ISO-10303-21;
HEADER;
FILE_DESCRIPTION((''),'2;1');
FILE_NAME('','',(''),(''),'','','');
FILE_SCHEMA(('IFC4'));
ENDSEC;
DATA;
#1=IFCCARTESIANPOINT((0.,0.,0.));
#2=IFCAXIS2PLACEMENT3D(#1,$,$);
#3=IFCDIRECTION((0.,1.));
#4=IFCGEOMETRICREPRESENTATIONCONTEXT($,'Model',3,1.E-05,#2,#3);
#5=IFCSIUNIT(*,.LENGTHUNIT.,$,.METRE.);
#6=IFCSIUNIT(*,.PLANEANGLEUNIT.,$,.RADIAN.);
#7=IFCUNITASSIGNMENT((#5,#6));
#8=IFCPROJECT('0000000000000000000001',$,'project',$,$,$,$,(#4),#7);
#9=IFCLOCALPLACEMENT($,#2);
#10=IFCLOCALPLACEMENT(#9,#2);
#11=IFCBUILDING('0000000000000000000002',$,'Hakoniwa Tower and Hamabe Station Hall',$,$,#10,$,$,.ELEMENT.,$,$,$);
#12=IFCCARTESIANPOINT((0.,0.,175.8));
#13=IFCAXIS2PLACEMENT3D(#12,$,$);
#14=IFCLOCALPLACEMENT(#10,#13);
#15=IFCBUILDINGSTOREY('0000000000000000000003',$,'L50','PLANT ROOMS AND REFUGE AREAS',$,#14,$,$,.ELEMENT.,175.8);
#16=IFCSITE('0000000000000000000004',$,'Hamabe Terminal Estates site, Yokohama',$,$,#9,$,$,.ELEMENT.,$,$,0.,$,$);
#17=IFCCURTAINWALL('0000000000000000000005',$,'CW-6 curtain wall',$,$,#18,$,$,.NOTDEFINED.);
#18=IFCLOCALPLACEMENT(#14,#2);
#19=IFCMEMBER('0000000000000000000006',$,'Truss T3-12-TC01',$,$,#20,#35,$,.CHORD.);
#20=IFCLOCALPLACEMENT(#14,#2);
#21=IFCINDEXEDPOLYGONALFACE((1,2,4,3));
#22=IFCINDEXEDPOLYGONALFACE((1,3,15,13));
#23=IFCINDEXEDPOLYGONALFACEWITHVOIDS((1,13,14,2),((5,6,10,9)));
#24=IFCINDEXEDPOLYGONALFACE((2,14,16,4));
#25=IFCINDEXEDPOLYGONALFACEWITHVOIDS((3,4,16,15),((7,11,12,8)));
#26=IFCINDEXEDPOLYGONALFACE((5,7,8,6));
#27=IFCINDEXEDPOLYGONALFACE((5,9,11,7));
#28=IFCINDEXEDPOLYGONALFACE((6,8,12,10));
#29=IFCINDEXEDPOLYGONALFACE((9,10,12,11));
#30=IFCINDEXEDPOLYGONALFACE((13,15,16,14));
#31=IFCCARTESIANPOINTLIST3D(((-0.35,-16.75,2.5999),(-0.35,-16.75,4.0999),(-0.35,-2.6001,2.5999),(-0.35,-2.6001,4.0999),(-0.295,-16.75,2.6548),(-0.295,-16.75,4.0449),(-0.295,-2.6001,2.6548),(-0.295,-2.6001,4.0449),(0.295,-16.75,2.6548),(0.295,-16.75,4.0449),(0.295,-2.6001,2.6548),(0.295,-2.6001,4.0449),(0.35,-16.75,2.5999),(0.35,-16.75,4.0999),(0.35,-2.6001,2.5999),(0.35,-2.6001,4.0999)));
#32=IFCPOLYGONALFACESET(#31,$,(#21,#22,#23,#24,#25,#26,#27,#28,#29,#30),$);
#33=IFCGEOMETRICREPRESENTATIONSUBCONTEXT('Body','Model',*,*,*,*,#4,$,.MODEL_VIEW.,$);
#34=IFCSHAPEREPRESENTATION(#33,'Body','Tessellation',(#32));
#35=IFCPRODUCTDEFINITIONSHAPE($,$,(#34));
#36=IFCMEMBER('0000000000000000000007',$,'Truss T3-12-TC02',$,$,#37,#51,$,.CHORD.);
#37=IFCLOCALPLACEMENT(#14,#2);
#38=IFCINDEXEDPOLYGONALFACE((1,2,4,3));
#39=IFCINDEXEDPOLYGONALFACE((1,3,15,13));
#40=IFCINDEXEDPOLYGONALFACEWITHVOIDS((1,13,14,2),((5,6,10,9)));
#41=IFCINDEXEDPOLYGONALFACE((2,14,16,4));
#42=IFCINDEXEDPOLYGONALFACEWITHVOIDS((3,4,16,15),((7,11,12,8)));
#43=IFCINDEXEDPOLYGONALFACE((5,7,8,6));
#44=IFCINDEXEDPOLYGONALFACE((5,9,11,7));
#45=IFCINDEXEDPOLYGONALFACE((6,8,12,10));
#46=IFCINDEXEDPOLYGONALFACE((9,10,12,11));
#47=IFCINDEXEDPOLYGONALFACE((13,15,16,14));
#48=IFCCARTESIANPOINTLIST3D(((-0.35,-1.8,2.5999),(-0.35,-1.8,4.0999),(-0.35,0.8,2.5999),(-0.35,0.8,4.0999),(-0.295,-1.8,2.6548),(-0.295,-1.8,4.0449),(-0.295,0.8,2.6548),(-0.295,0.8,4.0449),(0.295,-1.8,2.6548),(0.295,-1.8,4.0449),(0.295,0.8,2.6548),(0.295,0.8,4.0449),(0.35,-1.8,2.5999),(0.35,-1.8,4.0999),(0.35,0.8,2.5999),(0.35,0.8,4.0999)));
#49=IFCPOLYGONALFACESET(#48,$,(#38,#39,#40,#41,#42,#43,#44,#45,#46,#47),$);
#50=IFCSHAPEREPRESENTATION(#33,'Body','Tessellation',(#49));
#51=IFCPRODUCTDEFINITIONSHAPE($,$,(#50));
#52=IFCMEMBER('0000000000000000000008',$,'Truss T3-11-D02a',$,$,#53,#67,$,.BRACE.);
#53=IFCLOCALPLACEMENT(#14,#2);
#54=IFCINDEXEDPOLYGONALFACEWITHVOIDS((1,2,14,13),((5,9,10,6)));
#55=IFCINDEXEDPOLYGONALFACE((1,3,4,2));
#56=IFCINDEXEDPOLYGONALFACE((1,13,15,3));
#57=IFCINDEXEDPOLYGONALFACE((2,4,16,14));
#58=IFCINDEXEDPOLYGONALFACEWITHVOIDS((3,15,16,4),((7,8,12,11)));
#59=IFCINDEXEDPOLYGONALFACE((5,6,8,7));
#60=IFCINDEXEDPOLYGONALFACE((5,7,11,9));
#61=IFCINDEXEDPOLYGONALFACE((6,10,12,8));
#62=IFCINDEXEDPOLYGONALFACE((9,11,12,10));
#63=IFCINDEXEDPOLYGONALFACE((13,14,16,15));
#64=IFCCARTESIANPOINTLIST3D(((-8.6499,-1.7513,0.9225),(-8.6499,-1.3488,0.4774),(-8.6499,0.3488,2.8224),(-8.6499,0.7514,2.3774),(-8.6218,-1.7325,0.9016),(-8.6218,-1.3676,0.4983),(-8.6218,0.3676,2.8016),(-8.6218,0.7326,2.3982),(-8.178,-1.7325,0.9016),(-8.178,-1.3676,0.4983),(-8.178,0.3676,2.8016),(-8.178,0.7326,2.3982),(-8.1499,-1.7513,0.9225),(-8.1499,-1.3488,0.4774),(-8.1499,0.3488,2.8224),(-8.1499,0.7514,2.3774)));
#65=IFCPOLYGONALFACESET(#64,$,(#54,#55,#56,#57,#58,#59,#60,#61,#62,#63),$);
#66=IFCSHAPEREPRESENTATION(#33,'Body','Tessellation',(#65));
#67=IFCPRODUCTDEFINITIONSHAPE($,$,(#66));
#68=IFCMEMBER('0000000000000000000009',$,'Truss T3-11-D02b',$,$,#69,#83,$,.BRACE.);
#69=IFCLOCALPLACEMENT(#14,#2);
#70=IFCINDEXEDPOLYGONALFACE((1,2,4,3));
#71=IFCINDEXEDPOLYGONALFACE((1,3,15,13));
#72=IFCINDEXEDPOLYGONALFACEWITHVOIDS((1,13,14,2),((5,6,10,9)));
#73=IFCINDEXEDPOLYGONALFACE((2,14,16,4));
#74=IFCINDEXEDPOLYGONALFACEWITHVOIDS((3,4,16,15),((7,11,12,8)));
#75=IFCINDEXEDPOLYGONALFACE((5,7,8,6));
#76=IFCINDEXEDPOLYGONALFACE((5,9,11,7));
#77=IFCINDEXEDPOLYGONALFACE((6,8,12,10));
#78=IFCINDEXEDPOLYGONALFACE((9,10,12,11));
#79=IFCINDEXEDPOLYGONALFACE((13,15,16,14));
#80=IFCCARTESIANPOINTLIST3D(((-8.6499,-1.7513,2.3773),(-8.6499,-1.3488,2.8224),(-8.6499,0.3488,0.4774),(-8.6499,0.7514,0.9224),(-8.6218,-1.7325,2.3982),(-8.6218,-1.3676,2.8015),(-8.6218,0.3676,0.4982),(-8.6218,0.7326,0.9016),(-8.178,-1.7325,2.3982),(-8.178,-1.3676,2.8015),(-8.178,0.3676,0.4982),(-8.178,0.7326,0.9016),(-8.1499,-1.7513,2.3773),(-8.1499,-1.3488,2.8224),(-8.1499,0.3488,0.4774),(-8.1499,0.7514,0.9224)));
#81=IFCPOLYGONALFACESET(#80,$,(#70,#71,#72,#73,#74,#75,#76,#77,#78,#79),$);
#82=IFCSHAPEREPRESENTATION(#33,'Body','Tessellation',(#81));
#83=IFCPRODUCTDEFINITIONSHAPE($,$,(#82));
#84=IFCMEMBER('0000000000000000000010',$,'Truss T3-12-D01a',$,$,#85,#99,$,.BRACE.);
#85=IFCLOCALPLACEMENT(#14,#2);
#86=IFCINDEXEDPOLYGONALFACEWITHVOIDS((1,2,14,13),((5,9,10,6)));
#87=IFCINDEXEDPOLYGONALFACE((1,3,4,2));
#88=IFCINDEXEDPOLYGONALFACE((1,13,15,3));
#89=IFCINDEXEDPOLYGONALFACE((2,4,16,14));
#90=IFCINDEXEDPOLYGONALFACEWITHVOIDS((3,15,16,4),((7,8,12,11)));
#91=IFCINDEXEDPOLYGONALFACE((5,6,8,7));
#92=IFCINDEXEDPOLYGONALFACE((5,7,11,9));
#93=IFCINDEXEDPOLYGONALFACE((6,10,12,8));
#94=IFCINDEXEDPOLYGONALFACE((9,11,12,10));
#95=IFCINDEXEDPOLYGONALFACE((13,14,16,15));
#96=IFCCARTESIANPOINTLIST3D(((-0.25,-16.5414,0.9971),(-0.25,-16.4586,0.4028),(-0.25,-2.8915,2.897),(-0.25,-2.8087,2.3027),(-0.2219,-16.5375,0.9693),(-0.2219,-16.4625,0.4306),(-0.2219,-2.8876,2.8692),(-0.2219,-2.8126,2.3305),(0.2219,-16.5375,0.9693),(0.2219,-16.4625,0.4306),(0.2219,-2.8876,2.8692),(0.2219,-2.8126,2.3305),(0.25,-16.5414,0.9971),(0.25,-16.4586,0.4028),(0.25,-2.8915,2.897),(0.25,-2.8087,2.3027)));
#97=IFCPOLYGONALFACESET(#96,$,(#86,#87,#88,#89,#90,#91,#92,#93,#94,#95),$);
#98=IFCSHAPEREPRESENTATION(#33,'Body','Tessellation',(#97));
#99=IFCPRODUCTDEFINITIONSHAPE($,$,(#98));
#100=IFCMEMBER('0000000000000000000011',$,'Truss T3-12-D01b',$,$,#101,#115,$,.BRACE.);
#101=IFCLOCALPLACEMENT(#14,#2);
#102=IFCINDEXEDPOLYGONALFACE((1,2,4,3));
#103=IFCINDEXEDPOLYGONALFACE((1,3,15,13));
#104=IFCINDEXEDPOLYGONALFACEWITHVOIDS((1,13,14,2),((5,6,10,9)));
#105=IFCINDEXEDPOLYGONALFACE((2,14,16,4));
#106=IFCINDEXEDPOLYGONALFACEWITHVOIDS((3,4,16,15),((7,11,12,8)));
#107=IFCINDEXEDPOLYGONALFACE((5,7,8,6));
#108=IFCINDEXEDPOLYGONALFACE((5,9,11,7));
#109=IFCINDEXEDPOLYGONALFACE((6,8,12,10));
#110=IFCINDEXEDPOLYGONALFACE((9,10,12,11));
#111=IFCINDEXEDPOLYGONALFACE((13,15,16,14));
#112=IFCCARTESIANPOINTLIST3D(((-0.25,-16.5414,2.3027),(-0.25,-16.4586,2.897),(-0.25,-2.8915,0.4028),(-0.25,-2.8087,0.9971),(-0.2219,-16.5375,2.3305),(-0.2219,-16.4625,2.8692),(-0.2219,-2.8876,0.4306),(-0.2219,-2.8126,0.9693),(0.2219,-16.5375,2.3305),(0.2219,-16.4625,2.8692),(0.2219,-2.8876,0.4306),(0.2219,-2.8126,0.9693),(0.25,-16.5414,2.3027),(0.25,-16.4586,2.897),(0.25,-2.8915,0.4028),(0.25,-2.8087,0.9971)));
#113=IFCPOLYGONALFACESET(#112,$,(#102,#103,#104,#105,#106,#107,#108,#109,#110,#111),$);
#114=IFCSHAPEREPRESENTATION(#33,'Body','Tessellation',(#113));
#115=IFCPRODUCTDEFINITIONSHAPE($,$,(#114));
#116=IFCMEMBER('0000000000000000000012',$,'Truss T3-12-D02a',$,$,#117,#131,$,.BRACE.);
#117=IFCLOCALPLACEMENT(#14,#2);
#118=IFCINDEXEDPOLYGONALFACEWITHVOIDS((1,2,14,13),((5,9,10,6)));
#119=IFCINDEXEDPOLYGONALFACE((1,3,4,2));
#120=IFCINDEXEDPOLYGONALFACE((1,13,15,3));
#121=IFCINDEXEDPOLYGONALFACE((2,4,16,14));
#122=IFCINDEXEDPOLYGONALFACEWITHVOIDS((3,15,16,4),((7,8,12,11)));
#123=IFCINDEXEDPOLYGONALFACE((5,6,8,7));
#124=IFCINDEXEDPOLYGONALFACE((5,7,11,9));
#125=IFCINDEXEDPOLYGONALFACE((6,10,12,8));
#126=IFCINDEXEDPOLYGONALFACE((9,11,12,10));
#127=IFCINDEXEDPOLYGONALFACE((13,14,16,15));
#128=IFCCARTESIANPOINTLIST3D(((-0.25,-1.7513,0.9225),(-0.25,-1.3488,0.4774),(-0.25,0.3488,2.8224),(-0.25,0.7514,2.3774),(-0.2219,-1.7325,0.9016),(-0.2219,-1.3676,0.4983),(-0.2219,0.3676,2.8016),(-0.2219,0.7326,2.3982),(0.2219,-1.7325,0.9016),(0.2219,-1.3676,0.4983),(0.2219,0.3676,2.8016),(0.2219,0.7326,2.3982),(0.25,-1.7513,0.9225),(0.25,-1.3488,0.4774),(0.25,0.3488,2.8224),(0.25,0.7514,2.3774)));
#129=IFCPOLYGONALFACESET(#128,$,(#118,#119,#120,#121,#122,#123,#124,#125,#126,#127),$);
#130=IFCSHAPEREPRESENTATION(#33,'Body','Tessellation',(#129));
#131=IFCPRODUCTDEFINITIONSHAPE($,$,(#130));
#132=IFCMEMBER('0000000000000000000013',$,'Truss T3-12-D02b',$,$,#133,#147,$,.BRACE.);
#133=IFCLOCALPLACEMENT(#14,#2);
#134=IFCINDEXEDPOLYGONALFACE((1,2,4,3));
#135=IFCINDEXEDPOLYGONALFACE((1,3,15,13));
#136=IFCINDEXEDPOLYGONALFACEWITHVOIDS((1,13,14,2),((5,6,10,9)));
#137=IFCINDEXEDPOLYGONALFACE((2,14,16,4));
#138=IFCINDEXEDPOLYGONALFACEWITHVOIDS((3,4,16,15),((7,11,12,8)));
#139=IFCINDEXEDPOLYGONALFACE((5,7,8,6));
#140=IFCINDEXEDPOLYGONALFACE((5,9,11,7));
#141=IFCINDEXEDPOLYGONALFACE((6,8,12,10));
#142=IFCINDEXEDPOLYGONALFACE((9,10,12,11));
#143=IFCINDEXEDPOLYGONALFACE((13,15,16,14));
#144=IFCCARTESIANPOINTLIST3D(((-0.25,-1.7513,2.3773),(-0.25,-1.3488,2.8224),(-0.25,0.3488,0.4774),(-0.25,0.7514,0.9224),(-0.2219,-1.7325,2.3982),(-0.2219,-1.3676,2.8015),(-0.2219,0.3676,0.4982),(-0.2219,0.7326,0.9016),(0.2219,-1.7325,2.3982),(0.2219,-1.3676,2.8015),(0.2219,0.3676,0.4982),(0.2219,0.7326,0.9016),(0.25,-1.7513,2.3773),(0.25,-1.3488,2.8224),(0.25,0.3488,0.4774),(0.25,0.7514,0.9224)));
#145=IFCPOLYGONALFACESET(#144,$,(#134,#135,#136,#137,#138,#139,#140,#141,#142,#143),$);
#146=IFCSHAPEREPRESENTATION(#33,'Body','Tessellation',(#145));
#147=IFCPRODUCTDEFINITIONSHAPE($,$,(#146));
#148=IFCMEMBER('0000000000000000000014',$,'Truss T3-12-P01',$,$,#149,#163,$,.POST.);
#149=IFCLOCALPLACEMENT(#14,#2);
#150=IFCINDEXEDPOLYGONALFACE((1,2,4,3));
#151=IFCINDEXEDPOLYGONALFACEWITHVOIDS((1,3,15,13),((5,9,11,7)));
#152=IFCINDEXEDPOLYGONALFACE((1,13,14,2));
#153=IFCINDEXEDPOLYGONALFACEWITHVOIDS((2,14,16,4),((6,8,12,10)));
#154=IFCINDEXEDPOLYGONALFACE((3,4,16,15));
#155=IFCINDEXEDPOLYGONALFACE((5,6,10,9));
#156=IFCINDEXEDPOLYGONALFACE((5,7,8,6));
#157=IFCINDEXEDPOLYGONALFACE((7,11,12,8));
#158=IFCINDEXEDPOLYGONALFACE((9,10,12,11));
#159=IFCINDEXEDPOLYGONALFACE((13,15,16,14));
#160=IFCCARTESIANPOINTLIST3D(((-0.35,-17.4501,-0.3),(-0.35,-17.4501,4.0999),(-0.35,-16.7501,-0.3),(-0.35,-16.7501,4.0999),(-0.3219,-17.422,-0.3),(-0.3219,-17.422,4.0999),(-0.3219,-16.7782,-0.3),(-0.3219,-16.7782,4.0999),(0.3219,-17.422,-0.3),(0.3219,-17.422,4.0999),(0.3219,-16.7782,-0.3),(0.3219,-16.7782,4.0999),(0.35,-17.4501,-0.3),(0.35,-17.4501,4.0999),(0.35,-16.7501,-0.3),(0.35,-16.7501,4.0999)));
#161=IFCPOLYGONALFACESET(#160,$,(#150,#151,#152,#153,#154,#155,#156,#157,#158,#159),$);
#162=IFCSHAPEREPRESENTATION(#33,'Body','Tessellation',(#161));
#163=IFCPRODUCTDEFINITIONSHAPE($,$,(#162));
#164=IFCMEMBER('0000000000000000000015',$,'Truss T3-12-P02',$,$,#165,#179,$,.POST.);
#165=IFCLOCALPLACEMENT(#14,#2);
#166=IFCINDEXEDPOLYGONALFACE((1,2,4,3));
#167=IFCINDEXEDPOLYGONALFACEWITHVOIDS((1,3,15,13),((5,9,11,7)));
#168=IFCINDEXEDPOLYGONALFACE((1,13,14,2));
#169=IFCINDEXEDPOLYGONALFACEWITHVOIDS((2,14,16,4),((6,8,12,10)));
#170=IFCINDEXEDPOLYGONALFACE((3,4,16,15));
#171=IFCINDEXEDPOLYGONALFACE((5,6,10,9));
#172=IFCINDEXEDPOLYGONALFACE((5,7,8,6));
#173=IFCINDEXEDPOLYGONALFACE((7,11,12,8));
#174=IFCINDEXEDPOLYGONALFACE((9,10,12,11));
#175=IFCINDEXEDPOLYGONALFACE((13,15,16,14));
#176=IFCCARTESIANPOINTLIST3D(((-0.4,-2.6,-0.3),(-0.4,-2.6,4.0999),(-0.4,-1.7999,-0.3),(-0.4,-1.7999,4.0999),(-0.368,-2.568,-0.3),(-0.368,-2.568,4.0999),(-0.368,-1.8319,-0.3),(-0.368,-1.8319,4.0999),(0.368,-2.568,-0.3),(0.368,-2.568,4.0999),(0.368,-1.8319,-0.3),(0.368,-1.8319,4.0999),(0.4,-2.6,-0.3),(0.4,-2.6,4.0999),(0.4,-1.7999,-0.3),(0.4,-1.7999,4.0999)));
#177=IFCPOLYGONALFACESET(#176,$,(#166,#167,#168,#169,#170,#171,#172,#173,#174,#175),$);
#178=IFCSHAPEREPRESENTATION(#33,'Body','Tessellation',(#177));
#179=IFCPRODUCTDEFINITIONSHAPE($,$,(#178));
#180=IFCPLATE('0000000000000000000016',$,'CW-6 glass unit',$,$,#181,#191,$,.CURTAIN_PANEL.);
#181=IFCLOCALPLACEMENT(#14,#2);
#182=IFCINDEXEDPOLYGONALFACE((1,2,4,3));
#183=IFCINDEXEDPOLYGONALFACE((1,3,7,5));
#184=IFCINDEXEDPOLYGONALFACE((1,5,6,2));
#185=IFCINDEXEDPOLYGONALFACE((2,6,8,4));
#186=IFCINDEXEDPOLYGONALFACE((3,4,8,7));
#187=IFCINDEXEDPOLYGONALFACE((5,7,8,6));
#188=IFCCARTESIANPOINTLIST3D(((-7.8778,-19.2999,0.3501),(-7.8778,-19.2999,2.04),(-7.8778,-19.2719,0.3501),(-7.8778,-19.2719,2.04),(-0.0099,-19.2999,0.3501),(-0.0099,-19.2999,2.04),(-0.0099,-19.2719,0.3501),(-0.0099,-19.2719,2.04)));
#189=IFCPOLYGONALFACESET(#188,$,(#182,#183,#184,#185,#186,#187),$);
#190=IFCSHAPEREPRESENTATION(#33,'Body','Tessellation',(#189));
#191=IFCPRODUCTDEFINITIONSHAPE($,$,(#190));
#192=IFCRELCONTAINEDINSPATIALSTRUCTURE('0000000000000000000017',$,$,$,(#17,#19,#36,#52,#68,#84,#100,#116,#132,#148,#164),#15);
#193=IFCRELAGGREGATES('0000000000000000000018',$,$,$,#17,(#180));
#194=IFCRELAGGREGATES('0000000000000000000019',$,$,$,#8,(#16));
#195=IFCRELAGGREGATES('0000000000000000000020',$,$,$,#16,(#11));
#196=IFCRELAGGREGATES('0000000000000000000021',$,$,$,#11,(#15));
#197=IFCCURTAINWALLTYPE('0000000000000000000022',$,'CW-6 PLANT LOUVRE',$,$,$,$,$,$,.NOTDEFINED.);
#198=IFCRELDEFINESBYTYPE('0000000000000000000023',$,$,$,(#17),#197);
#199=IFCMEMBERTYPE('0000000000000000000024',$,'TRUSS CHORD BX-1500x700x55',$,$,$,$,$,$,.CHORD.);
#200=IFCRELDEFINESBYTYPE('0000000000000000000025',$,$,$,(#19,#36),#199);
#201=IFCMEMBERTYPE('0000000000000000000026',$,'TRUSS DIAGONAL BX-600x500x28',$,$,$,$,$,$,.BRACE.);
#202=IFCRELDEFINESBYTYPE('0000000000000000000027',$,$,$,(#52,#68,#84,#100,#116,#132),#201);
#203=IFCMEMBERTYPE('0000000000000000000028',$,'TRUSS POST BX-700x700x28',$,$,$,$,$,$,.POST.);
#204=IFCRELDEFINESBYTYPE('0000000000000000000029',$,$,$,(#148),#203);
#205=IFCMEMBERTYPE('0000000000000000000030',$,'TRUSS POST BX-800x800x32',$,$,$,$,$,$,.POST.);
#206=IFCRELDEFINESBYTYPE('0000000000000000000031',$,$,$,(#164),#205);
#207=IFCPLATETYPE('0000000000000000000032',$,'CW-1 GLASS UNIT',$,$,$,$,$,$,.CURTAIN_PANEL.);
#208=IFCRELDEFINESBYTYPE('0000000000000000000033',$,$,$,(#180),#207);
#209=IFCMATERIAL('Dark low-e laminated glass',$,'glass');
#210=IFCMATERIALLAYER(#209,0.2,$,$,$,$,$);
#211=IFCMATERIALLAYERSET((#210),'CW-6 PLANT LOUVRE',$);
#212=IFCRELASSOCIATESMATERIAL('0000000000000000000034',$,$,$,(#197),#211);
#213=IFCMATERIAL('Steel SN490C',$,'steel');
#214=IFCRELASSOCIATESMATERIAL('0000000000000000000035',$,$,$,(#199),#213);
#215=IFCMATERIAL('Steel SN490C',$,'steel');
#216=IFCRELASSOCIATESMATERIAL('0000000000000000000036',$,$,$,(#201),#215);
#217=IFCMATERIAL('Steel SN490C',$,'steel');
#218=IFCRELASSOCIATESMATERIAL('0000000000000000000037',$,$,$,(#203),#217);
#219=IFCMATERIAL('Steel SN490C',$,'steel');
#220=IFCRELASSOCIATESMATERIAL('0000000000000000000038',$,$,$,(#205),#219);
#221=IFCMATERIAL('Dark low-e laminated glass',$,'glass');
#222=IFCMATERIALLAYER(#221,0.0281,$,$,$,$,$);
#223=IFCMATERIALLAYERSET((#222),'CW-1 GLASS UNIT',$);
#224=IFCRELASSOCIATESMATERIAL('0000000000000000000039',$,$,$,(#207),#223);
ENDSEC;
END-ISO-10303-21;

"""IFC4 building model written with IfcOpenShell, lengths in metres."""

from ifc_helpers import new_model, si_unit, direction, frame, origin, origin_2d, place, context, subcontext, project, spatial, rectangle, hollow_rectangle, extrude, material, layer, layer_set, material_profile, profile_set, type_object, element, aggregate, save


model = new_model("IFC4")

# Units and contexts
model_context = context("Model", 3, precision=1e-05, world=origin(), true_north=direction((0.0, 1.0)))
body_context = subcontext(model_context, "Body", "Model", "MODEL_VIEW")
ifc_project = project(units=[si_unit("LENGTHUNIT", "METRE"), si_unit("PLANEANGLEUNIT", "RADIAN")], contexts=[model_context])

# Site, building, storey
site_placement = place(None, origin())
site = spatial("IfcSite", under=ifc_project, at=site_placement, Name="Hamabe Terminal Estates site, Yokohama", CompositionType="ELEMENT", RefElevation=0.0)
building_placement = place(site_placement, origin())
building = spatial("IfcBuilding", under=site, at=building_placement, Name="Hakoniwa Tower and Hamabe Station Hall", CompositionType="ELEMENT")
storey_placement = place(building_placement, frame((0.0, 0.0, 175.8)))
storey = spatial("IfcBuildingStorey", under=building, at=storey_placement, Name="L50", Description="PLANT ROOMS AND REFUGE AREAS", CompositionType="ELEMENT", Elevation=175.8)

# Curtain wall
ifc_material_1 = material(Name="Dark low-e laminated glass", Category="glass")
ifc_layer_1 = layer(ifc_material_1, 0.2)
ifc_layer_set_1 = layer_set([ifc_layer_1], Name="CW-6 PLANT LOUVRE")
curtain_wall_type = type_object("IfcCurtainWallType", Name="CW-6 PLANT LOUVRE", PredefinedType="NOTDEFINED", material=ifc_layer_set_1)
curtain_wall_1_placement = place(storey_placement, origin())
curtain_wall_1 = element("IfcCurtainWall", 1, at=curtain_wall_1_placement, inside=storey, type_object=curtain_wall_type, Name="CW-6 curtain wall", PredefinedType="NOTDEFINED")

# Members
ifc_material_2 = material(Name="Steel SN490C", Category="steel")
ifc_material_profile_1 = material_profile(ifc_material_2, hollow_rectangle(XDim=0.7, YDim=1.5, WallThickness=0.0549, at=origin_2d()), Name="BX-1500x700x55")
ifc_profile_set_1 = profile_set([ifc_material_profile_1], Name="Steel SN490C")
member_type_1 = type_object("IfcMemberType", Name="TRUSS CHORD BX-1500x700x55", PredefinedType="CHORD", material=ifc_profile_set_1)
member_1_placement = place(storey_placement, frame((0.0, -16.75, 3.3499), z_axis=(0.0, 1.0, 0.0), x_axis=(-1.0, 0.0, 0.0)))
element("IfcMember", 2, at=member_1_placement, inside=storey, type_object=member_type_1, Name="Truss T3-12-TC01", PredefinedType="CHORD", context=body_context, shape_type="SweptSolid", body=[
    extrude(hollow_rectangle(XDim=0.7, YDim=1.5, WallThickness=0.0549, at=origin_2d()), origin(), (0.0, 0.0, 1.0), 14.1499),
])
member_2_placement = place(storey_placement, frame((0.0, -1.8, 3.3499), z_axis=(0.0, 1.0, 0.0), x_axis=(-1.0, 0.0, 0.0)))
element("IfcMember", 3, at=member_2_placement, inside=storey, type_object=member_type_1, Name="Truss T3-12-TC02", PredefinedType="CHORD", context=body_context, shape_type="SweptSolid", body=[
    extrude(hollow_rectangle(XDim=0.7, YDim=1.5, WallThickness=0.0549, at=origin_2d()), origin(), (0.0, 0.0, 1.0), 2.6001),
])
ifc_material_3 = material(Name="Steel SN490C", Category="steel")
ifc_material_profile_2 = material_profile(ifc_material_3, hollow_rectangle(XDim=0.5, YDim=0.6001, WallThickness=0.0281, at=origin_2d()), Name="BX-600x500x28")
ifc_profile_set_2 = profile_set([ifc_material_profile_2], Name="Steel SN490C")
member_type_2 = type_object("IfcMemberType", Name="TRUSS DIAGONAL BX-600x500x28", PredefinedType="BRACE", material=ifc_profile_set_2)
for number, where, z_axis, x_axis, name in (
    (4, (-8.3999, -1.55, 0.7), (0.0, 0.741568, 0.670877), (-1.0, 0.0, 0.0), "Truss T3-11-D02a"),
    (5, (-8.3999, -1.55, 2.5999), (0.0, 0.741568, -0.670877), (-1.0, 0.0, 0.0), "Truss T3-11-D02b"),
):
    element("IfcMember", number, at=place(storey_placement, frame(where, z_axis=z_axis, x_axis=x_axis)), inside=storey, type_object=member_type_2, Name=name, PredefinedType="BRACE", context=body_context, shape_type="SweptSolid", body=[
        extrude(hollow_rectangle(XDim=0.5, YDim=0.6001, WallThickness=0.0281, at=origin_2d()), origin(), (0.0, 0.0, 1.0), 2.832),
    ])
for number, where, z_axis, x_axis, name in (
    (6, (0.0, -16.5, 0.7), (0.0, 0.990452, 0.137859), (-1.0, 0.0, 0.0), "Truss T3-12-D01a"),
    (7, (0.0, -16.5, 2.5999), (0.0, 0.990452, -0.137859), (-1.0, 0.0, 0.0), "Truss T3-12-D01b"),
):
    element("IfcMember", number, at=place(storey_placement, frame(where, z_axis=z_axis, x_axis=x_axis)), inside=storey, type_object=member_type_2, Name=name, PredefinedType="BRACE", context=body_context, shape_type="SweptSolid", body=[
        extrude(hollow_rectangle(XDim=0.5, YDim=0.6001, WallThickness=0.0281, at=origin_2d()), origin(), (0.0, 0.0, 1.0), 13.7815),
    ])
for number, where, z_axis, x_axis, name in (
    (8, (0.0, -1.55, 0.7), (0.0, 0.741568, 0.670877), (-1.0, 0.0, 0.0), "Truss T3-12-D02a"),
    (9, (0.0, -1.55, 2.5999), (0.0, 0.741568, -0.670877), (-1.0, 0.0, 0.0), "Truss T3-12-D02b"),
):
    element("IfcMember", number, at=place(storey_placement, frame(where, z_axis=z_axis, x_axis=x_axis)), inside=storey, type_object=member_type_2, Name=name, PredefinedType="BRACE", context=body_context, shape_type="SweptSolid", body=[
        extrude(hollow_rectangle(XDim=0.5, YDim=0.6001, WallThickness=0.0281, at=origin_2d()), origin(), (0.0, 0.0, 1.0), 2.832),
    ])
ifc_material_4 = material(Name="Steel SN490C", Category="steel")
ifc_material_profile_3 = material_profile(ifc_material_4, hollow_rectangle(XDim=0.7, YDim=0.7, WallThickness=0.0281, at=origin_2d()), Name="BX-700x700x28")
ifc_profile_set_3 = profile_set([ifc_material_profile_3], Name="Steel SN490C")
member_type_3 = type_object("IfcMemberType", Name="TRUSS POST BX-700x700x28", PredefinedType="POST", material=ifc_profile_set_3)
member_3_placement = place(storey_placement, frame((0.0, -17.1001, -0.3), z_axis=(0.0, 0.0, 1.0), x_axis=(1.0, 0.0, 0.0)))
element("IfcMember", 10, at=member_3_placement, inside=storey, type_object=member_type_3, Name="Truss T3-12-P01", PredefinedType="POST", context=body_context, shape_type="SweptSolid", body=[
    extrude(hollow_rectangle(XDim=0.7, YDim=0.7, WallThickness=0.0281, at=origin_2d()), origin(), (0.0, 0.0, 1.0), 4.3999),
])
ifc_material_5 = material(Name="Steel SN490C", Category="steel")
ifc_material_profile_4 = material_profile(ifc_material_5, hollow_rectangle(XDim=0.8, YDim=0.8, WallThickness=0.032, at=origin_2d()), Name="BX-800x800x32")
ifc_profile_set_4 = profile_set([ifc_material_profile_4], Name="Steel SN490C")
member_type_4 = type_object("IfcMemberType", Name="TRUSS POST BX-800x800x32", PredefinedType="POST", material=ifc_profile_set_4)
member_4_placement = place(storey_placement, frame((0.0, -2.2, -0.3), z_axis=(0.0, 0.0, 1.0), x_axis=(1.0, 0.0, 0.0)))
element("IfcMember", 11, at=member_4_placement, inside=storey, type_object=member_type_4, Name="Truss T3-12-P02", PredefinedType="POST", context=body_context, shape_type="SweptSolid", body=[
    extrude(hollow_rectangle(XDim=0.8, YDim=0.8, WallThickness=0.032, at=origin_2d()), origin(), (0.0, 0.0, 1.0), 4.3999),
])

# Plate
ifc_material_6 = material(Name="Dark low-e laminated glass", Category="glass")
ifc_layer_2 = layer(ifc_material_6, 0.0281)
ifc_layer_set_2 = layer_set([ifc_layer_2], Name="CW-1 GLASS UNIT")
plate_type = type_object("IfcPlateType", Name="CW-1 GLASS UNIT", PredefinedType="CURTAIN_PANEL", material=ifc_layer_set_2)
plate_1_placement = place(storey_placement, frame((-3.9438, -19.2859, 0.3501), z_axis=(0.0, 0.0, 1.0), x_axis=(1.0, 0.0, 0.0)))
plate_1 = element("IfcPlate", 12, at=plate_1_placement, type_object=plate_type, Name="CW-6 glass unit", PredefinedType="CURTAIN_PANEL", context=body_context, shape_type="SweptSolid", body=[
    extrude(rectangle(XDim=7.8679, YDim=0.0281, at=origin_2d()), origin(), (0.0, 0.0, 1.0), 1.6899),
])
aggregate(curtain_wall_1, [plate_1])

save(model, "model.ifc")
